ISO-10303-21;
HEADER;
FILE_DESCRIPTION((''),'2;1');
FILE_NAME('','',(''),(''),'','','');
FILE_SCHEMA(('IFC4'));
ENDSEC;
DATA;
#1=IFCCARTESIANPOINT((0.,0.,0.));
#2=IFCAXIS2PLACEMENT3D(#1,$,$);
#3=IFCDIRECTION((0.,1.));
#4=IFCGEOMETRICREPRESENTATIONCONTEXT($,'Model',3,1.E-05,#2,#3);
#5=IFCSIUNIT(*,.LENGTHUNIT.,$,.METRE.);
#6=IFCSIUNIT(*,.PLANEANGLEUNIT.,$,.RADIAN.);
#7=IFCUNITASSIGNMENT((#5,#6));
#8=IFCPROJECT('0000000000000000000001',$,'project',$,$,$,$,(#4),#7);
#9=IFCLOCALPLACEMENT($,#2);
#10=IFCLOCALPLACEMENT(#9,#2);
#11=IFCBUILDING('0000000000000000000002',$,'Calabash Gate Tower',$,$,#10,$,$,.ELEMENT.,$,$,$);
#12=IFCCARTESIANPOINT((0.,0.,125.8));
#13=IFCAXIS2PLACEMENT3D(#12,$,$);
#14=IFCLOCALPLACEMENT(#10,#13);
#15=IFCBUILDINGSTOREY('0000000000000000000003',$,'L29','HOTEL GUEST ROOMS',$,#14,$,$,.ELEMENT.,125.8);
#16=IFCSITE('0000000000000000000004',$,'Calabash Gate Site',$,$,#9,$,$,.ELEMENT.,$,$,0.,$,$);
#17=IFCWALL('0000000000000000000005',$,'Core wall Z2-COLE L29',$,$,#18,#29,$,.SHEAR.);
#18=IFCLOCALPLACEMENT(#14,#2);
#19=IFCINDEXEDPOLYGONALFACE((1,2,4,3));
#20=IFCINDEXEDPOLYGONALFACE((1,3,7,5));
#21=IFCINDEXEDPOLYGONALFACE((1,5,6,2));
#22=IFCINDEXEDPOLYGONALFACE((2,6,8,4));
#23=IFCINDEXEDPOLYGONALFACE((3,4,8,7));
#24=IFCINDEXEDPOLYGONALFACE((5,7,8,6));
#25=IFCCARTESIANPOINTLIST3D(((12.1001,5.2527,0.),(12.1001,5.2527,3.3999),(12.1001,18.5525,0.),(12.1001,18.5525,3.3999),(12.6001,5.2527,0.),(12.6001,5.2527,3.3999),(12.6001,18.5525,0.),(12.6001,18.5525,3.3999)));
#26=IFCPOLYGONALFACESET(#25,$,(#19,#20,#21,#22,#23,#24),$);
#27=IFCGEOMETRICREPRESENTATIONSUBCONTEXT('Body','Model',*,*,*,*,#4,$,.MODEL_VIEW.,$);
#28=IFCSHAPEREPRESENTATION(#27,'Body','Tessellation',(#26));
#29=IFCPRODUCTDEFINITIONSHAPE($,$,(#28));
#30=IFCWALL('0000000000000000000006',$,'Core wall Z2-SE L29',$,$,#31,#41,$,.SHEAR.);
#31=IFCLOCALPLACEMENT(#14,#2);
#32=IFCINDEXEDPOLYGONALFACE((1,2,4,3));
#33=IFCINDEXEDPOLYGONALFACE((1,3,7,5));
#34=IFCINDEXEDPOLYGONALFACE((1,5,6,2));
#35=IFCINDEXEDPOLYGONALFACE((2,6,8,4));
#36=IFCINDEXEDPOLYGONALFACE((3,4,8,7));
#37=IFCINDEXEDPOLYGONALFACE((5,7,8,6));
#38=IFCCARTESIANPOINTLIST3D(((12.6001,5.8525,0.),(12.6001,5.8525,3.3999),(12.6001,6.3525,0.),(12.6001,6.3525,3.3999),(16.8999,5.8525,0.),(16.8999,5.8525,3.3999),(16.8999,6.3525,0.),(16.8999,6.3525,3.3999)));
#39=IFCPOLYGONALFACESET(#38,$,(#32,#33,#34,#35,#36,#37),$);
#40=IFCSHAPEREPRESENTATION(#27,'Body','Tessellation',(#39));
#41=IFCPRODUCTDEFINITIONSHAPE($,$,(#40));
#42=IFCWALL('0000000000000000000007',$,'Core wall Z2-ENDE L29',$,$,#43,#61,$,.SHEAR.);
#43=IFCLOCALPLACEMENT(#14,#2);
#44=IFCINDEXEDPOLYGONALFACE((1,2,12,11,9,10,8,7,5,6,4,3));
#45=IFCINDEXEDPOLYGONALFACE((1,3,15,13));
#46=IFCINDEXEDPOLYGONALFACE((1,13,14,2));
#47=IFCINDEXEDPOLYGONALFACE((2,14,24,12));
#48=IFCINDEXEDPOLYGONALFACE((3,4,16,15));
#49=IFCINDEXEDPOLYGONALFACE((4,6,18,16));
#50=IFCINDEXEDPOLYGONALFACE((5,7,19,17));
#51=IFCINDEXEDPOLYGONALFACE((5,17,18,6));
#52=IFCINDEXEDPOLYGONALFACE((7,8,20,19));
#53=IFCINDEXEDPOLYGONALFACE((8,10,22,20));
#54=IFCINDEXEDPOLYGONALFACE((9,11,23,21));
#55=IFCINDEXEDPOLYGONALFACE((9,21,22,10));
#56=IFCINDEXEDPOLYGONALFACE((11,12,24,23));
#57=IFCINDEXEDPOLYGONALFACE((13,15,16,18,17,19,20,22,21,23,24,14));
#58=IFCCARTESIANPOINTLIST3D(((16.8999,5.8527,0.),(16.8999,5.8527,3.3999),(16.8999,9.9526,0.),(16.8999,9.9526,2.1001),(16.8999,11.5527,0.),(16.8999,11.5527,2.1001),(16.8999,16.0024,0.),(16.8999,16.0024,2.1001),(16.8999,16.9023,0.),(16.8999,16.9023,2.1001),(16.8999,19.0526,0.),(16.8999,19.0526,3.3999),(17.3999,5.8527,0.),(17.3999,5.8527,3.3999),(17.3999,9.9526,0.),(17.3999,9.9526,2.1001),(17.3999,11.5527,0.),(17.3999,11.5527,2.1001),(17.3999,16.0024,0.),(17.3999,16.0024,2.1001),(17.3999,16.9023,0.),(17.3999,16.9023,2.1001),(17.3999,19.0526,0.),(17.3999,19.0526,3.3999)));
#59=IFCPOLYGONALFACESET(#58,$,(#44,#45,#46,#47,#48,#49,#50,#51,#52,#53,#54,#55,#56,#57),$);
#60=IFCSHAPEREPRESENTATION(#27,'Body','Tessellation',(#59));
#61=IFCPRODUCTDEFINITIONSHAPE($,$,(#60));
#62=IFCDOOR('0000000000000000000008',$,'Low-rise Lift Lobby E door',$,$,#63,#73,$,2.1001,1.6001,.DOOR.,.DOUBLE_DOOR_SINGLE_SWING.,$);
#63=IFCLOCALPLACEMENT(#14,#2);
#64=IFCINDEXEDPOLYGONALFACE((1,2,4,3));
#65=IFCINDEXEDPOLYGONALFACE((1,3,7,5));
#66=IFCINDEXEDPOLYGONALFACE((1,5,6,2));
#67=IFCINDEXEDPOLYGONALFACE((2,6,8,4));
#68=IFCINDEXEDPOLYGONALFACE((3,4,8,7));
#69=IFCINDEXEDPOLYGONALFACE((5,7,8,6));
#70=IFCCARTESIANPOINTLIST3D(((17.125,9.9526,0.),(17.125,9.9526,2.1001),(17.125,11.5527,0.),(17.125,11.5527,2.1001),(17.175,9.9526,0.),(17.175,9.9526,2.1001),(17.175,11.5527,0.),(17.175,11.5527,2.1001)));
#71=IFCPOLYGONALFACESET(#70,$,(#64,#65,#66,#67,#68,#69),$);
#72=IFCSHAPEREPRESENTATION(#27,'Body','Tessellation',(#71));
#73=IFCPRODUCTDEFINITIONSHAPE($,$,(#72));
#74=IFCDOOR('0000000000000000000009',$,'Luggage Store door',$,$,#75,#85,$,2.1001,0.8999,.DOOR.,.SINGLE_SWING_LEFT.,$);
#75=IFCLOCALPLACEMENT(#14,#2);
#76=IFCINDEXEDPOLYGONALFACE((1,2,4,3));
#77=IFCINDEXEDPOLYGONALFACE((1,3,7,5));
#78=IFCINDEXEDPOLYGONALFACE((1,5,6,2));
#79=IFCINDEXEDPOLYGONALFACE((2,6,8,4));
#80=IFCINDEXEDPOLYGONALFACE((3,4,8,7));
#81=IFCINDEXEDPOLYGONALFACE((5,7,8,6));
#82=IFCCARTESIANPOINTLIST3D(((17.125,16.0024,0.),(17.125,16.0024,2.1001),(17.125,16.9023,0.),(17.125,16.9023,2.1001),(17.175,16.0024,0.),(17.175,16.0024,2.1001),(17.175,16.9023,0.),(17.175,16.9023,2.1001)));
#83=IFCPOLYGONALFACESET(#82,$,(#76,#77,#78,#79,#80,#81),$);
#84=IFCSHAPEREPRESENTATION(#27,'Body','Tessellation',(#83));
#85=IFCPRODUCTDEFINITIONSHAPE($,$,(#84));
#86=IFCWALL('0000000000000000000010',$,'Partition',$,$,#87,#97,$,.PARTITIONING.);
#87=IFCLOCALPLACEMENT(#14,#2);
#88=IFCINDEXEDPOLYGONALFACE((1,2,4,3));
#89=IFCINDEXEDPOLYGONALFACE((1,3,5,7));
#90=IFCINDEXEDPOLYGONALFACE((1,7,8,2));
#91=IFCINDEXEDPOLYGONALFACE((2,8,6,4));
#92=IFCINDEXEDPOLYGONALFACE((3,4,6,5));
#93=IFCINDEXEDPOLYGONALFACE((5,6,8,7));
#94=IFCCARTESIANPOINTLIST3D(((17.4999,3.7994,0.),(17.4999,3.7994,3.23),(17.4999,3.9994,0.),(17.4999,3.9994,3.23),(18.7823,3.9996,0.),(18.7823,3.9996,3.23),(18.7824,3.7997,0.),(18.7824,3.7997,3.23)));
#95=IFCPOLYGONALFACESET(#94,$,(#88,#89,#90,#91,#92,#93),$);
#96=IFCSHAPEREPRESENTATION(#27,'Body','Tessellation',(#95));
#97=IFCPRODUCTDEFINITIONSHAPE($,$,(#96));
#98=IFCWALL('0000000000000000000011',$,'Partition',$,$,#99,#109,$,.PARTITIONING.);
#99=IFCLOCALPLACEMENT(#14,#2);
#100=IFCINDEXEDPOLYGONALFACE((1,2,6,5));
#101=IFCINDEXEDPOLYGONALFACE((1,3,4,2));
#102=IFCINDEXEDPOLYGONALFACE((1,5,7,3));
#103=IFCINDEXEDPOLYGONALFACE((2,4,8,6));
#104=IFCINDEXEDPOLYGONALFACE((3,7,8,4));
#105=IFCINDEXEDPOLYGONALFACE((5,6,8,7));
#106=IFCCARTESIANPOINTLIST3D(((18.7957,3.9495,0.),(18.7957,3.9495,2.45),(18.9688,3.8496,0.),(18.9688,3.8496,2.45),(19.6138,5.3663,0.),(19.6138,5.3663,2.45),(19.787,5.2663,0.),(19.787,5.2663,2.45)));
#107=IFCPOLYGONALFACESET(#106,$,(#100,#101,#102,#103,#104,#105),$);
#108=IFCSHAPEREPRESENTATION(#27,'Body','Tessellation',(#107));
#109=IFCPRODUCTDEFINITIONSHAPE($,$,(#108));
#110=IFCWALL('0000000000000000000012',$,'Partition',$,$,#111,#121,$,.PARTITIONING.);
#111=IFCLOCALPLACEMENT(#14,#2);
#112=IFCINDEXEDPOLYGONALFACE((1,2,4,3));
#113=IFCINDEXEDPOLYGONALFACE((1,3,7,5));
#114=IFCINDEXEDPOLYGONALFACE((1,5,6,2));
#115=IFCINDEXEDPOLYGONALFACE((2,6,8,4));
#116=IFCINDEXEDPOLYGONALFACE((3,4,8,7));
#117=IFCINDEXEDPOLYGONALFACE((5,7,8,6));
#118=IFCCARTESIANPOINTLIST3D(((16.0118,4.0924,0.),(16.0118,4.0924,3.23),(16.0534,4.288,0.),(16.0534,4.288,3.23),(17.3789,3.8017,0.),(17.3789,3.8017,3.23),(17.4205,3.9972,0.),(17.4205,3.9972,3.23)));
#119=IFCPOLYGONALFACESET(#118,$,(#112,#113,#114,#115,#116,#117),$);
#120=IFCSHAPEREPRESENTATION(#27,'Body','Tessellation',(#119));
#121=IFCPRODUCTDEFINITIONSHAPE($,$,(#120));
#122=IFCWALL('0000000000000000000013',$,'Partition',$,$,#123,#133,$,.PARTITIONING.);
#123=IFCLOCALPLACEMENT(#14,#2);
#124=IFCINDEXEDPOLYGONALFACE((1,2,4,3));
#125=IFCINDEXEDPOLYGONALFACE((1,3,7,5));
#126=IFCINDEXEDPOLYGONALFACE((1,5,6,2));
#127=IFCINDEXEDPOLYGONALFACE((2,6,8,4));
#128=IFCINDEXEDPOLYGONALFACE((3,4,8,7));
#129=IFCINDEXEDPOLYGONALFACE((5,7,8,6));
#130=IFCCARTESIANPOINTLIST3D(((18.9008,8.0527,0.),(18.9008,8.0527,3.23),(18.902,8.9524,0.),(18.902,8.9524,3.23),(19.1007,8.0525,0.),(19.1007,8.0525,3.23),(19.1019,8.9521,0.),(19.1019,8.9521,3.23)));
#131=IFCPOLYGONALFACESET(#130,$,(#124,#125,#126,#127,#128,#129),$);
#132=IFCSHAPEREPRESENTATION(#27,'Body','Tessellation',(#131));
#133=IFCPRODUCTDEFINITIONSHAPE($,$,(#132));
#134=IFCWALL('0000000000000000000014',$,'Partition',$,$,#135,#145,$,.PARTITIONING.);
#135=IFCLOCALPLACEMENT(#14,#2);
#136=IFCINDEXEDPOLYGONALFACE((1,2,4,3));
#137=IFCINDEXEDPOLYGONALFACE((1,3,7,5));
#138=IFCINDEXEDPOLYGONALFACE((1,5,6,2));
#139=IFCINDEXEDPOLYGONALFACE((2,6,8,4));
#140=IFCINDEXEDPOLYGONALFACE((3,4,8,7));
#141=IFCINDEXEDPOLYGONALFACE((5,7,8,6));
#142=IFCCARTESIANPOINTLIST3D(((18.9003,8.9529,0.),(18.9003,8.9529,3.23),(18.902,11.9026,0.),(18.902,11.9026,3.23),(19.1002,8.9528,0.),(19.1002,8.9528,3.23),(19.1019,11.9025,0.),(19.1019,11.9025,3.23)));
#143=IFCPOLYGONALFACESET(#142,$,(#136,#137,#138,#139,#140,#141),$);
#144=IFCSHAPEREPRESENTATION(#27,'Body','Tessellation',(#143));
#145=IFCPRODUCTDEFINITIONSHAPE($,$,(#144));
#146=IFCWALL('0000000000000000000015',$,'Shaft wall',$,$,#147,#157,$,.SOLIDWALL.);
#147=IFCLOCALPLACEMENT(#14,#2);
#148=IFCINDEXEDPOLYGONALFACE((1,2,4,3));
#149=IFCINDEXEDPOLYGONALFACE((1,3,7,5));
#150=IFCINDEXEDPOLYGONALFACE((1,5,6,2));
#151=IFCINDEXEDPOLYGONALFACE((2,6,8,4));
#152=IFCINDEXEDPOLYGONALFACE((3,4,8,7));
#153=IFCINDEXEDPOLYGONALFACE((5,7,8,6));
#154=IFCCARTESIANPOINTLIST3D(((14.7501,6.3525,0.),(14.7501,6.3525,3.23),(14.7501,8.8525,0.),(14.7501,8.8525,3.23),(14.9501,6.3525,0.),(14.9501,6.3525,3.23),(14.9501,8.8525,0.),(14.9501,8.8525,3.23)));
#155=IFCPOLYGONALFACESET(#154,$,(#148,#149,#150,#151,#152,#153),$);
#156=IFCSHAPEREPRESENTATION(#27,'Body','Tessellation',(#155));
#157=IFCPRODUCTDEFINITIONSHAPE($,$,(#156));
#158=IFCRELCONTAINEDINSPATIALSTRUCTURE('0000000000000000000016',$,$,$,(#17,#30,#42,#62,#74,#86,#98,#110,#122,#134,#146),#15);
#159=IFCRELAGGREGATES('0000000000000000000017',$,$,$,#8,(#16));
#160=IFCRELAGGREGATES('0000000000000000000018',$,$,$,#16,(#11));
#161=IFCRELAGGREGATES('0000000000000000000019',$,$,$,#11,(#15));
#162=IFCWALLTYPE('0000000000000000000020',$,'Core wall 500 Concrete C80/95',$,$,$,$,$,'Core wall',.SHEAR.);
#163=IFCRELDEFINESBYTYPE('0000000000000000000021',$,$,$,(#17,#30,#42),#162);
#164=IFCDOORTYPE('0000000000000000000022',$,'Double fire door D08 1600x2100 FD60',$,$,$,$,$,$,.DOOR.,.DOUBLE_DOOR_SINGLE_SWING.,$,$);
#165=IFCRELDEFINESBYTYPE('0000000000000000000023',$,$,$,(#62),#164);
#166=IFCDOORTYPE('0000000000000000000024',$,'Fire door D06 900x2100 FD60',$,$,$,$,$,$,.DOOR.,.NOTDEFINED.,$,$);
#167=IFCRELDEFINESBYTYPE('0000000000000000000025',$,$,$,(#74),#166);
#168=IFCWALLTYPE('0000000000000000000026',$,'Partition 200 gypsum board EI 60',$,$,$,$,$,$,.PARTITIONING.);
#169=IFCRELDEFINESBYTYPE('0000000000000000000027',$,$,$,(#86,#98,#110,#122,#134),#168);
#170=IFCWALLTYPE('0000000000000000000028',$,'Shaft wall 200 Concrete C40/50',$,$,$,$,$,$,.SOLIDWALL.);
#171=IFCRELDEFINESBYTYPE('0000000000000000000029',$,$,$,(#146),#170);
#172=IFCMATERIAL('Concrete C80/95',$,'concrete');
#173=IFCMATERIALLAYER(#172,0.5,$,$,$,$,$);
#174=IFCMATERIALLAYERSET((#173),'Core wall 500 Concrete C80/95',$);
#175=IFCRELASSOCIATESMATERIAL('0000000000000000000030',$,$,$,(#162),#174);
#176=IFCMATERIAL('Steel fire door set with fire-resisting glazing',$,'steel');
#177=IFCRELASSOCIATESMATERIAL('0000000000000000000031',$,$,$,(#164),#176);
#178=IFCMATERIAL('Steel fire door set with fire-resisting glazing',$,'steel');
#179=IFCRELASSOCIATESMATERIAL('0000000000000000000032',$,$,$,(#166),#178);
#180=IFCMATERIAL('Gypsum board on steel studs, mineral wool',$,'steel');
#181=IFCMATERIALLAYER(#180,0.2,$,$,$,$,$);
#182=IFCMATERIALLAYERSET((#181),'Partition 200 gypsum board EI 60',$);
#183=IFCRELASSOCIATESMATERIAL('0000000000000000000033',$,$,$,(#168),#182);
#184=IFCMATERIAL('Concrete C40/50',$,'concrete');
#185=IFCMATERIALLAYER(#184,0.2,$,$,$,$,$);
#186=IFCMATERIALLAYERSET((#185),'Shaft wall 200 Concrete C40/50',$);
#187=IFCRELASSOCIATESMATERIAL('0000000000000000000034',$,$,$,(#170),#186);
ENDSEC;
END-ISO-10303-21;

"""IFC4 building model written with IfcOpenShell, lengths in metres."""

from ifc_helpers import new_model, si_unit, direction, frame, frame_2d, origin, place, context, subcontext, project, spatial, rectangle, extrude, material, layer, layer_set, type_object, element, fill, save


model = new_model("IFC4")

# Units and contexts
model_context = context("Model", 3, precision=1e-05, world=origin(), true_north=direction((0.0, 1.0)))
body_context = subcontext(model_context, "Body", "Model", "MODEL_VIEW")
ifc_project = project(units=[si_unit("LENGTHUNIT", "METRE"), si_unit("PLANEANGLEUNIT", "RADIAN")], contexts=[model_context])

# Site, building, storey
site_placement = place(None, origin())
site = spatial("IfcSite", under=ifc_project, at=site_placement, Name="Calabash Gate Site", CompositionType="ELEMENT", RefElevation=0.0)
building_placement = place(site_placement, origin())
building = spatial("IfcBuilding", under=site, at=building_placement, Name="Calabash Gate Tower", CompositionType="ELEMENT")
storey_placement = place(building_placement, frame((0.0, 0.0, 125.8)))
storey = spatial("IfcBuildingStorey", under=building, at=storey_placement, Name="L29", Description="HOTEL GUEST ROOMS", CompositionType="ELEMENT", Elevation=125.8)

# Walls
ifc_material_1 = material(Name="Concrete C80/95", Category="concrete")
ifc_layer_1 = layer(ifc_material_1, 0.5)
ifc_layer_set_1 = layer_set([ifc_layer_1], Name="Core wall 500 Concrete C80/95")
wall_type_1 = type_object("IfcWallType", Name="Core wall 500 Concrete C80/95", ElementType="Core wall", PredefinedType="SHEAR", material=ifc_layer_set_1)
wall_1_placement = place(storey_placement, frame((12.3501, 5.2527, 0.0), z_axis=(0.0, 0.0, 1.0), x_axis=(0.0, 1.0, 0.0)))
element("IfcWall", 1, at=wall_1_placement, inside=storey, type_object=wall_type_1, Name="Core wall Z2-COLE L29", PredefinedType="SHEAR", context=body_context, shape_type="SweptSolid", body=[
    extrude(rectangle(XDim=13.2998, YDim=0.5, at=frame_2d((6.6499, 0.0))), origin(), (0.0, 0.0, 1.0), 3.3999),
])
wall_2_placement = place(storey_placement, frame((12.6001, 6.1025, 0.0), z_axis=(0.0, 0.0, 1.0), x_axis=(1.0, 0.0, 0.0)))
element("IfcWall", 2, at=wall_2_placement, inside=storey, type_object=wall_type_1, Name="Core wall Z2-SE L29", PredefinedType="SHEAR", context=body_context, shape_type="SweptSolid", body=[
    extrude(rectangle(XDim=4.2998, YDim=0.5, at=frame_2d((2.1499, 0.0))), origin(), (0.0, 0.0, 1.0), 3.3999),
])

# Wall, openings, doors
wall_3_placement = place(storey_placement, frame((17.1499, 5.8525, 0.0), z_axis=(0.0, 0.0, 1.0), x_axis=(0.0, 1.0, 0.0)))
wall_3 = element("IfcWall", 3, at=wall_3_placement, inside=storey, type_object=wall_type_1, Name="Core wall Z2-ENDE L29", PredefinedType="SHEAR", context=body_context, shape_type="SweptSolid", body=[
    extrude(rectangle(XDim=13.2, YDim=0.5, at=frame_2d((6.6001, 0.0))), origin(), (0.0, 0.0, 1.0), 3.3999),
])
opening_1_placement = place(wall_3_placement, frame((4.1001, 0.0, 0.0)))
opening_1 = element("IfcOpeningElement", 4, at=opening_1_placement, cuts=wall_3, PredefinedType="OPENING", context=body_context, shape_type="SweptSolid", body=[
    extrude(rectangle(XDim=1.6001, YDim=2.1001, at=frame_2d((0.8, 1.05))), frame((0.0, 0.26, 0.0), z_axis=(0.0, -1.0, 0.0), x_axis=(1.0, 0.0, 0.0)), (0.0, 0.0, 1.0), 0.52),
])
opening_2_placement = place(wall_3_placement, frame((10.1499, 0.0, 0.0)))
opening_2 = element("IfcOpeningElement", 5, at=opening_2_placement, cuts=wall_3, PredefinedType="OPENING", context=body_context, shape_type="SweptSolid", body=[
    extrude(rectangle(XDim=0.8999, YDim=2.1001, at=frame_2d((0.45, 1.05))), frame((0.0, 0.26, 0.0), z_axis=(0.0, -1.0, 0.0), x_axis=(1.0, 0.0, 0.0)), (0.0, 0.0, 1.0), 0.52),
])
ifc_material_2 = material(Name="Steel fire door set with fire-resisting glazing", Category="steel")
door_type_1 = type_object("IfcDoorType", Name="Double fire door D08 1600x2100 FD60", OperationType="DOUBLE_DOOR_SINGLE_SWING", PredefinedType="DOOR", material=ifc_material_2)
door_1_placement = place(opening_1_placement, origin())
door_1 = element("IfcDoor", 6, at=door_1_placement, inside=storey, type_object=door_type_1, Name="Low-rise Lift Lobby E door", OperationType="DOUBLE_DOOR_SINGLE_SWING", OverallHeight=2.1001, OverallWidth=1.6001, PredefinedType="DOOR", context=body_context, shape_type="SweptSolid", body=[
    extrude(rectangle(XDim=1.6001, YDim=2.1001, at=frame_2d((0.8, 1.05))), frame((0.0, 0.0249, 0.0), z_axis=(0.0, -1.0, 0.0), x_axis=(1.0, 0.0, 0.0)), (0.0, 0.0, 1.0), 0.05),
])
fill(opening_1, door_1)
ifc_material_3 = material(Name="Steel fire door set with fire-resisting glazing", Category="steel")
door_type_2 = type_object("IfcDoorType", Name="Fire door D06 900x2100 FD60", OperationType="NOTDEFINED", PredefinedType="DOOR", material=ifc_material_3)
door_2_placement = place(opening_2_placement, origin())
door_2 = element("IfcDoor", 7, at=door_2_placement, inside=storey, type_object=door_type_2, Name="Luggage Store door", OperationType="SINGLE_SWING_LEFT", OverallHeight=2.1001, OverallWidth=0.8999, PredefinedType="DOOR", context=body_context, shape_type="SweptSolid", body=[
    extrude(rectangle(XDim=0.8999, YDim=2.1001, at=frame_2d((0.45, 1.05))), frame((0.0, 0.0249, 0.0), z_axis=(0.0, -1.0, 0.0), x_axis=(1.0, 0.0, 0.0)), (0.0, 0.0, 1.0), 0.05),
])
fill(opening_2, door_2)

# Walls
ifc_material_4 = material(Name="Gypsum board on steel studs, mineral wool", Category="steel")
ifc_layer_2 = layer(ifc_material_4, 0.2)
ifc_layer_set_2 = layer_set([ifc_layer_2], Name="Partition 200 gypsum board EI 60")
wall_type_2 = type_object("IfcWallType", Name="Partition 200 gypsum board EI 60", PredefinedType="PARTITIONING", material=ifc_layer_set_2)
wall_4_placement = place(storey_placement, frame((17.5, 3.8994, 0.0), z_axis=(0.0, 0.0, 1.0), x_axis=(1.0, 0.00019, 0.0)))
element("IfcWall", 8, at=wall_4_placement, inside=storey, type_object=wall_type_2, Name="Partition", PredefinedType="PARTITIONING", context=body_context, shape_type="SweptSolid", body=[
    extrude(rectangle(XDim=1.2825, YDim=0.2, at=frame_2d((0.6411, 0.0))), origin(), (0.0, 0.0, 1.0), 3.23),
])
wall_5_placement = place(storey_placement, frame((18.8823, 3.8997, 0.0), z_axis=(0.0, 0.0, 1.0), x_axis=(0.500071, 0.865984, 0.0)))
element("IfcWall", 9, at=wall_5_placement, inside=storey, type_object=wall_type_2, Name="Partition", PredefinedType="PARTITIONING", context=body_context, shape_type="SweptSolid", body=[
    extrude(rectangle(XDim=1.636, YDim=0.2, at=frame_2d((0.8179, 0.0))), origin(), (0.0, 0.0, 1.0), 2.45),
])
wall_6_placement = place(storey_placement, frame((16.0327, 4.1902, 0.0), z_axis=(0.0, 0.0, 1.0), x_axis=(0.978123, -0.208026, 0.0)))
element("IfcWall", 10, at=wall_6_placement, inside=storey, type_object=wall_type_2, Name="Partition", PredefinedType="PARTITIONING", context=body_context, shape_type="SweptSolid", body=[
    extrude(rectangle(XDim=1.3977, YDim=0.2, at=frame_2d((0.6987, 0.0))), origin(), (0.0, 0.0, 1.0), 3.23),
])
wall_7_placement = place(storey_placement, frame((19.0007, 8.0527, 0.0), z_axis=(0.0, 0.0, 1.0), x_axis=(0.001357, 0.999999, 0.0)))
element("IfcWall", 11, at=wall_7_placement, inside=storey, type_object=wall_type_2, Name="Partition", PredefinedType="PARTITIONING", context=body_context, shape_type="SweptSolid", body=[
    extrude(rectangle(XDim=0.8997, YDim=0.2, at=frame_2d((0.4497, 0.0))), origin(), (0.0, 0.0, 1.0), 3.23),
])
wall_8_placement = place(storey_placement, frame((19.0002, 8.9529, 0.0), z_axis=(0.0, 0.0, 1.0), x_axis=(0.000579, 1.0, 0.0)))
element("IfcWall", 12, at=wall_8_placement, inside=storey, type_object=wall_type_2, Name="Partition", PredefinedType="PARTITIONING", context=body_context, shape_type="SweptSolid", body=[
    extrude(rectangle(XDim=2.9497, YDim=0.2, at=frame_2d((1.4749, 0.0))), origin(), (0.0, 0.0, 1.0), 3.23),
])
ifc_material_5 = material(Name="Concrete C40/50", Category="concrete")
ifc_layer_3 = layer(ifc_material_5, 0.2)
ifc_layer_set_3 = layer_set([ifc_layer_3], Name="Shaft wall 200 Concrete C40/50")
wall_type_3 = type_object("IfcWallType", Name="Shaft wall 200 Concrete C40/50", PredefinedType="SOLIDWALL", material=ifc_layer_set_3)
wall_9_placement = place(storey_placement, frame((14.8501, 6.3525, 0.0), z_axis=(0.0, 0.0, 1.0), x_axis=(0.0, 1.0, 0.0)))
element("IfcWall", 13, at=wall_9_placement, inside=storey, type_object=wall_type_3, Name="Shaft wall", PredefinedType="SOLIDWALL", context=body_context, shape_type="SweptSolid", body=[
    extrude(rectangle(XDim=2.5, YDim=0.2, at=frame_2d((1.25, 0.0))), origin(), (0.0, 0.0, 1.0), 3.23),
])

save(model, "model.ifc")
